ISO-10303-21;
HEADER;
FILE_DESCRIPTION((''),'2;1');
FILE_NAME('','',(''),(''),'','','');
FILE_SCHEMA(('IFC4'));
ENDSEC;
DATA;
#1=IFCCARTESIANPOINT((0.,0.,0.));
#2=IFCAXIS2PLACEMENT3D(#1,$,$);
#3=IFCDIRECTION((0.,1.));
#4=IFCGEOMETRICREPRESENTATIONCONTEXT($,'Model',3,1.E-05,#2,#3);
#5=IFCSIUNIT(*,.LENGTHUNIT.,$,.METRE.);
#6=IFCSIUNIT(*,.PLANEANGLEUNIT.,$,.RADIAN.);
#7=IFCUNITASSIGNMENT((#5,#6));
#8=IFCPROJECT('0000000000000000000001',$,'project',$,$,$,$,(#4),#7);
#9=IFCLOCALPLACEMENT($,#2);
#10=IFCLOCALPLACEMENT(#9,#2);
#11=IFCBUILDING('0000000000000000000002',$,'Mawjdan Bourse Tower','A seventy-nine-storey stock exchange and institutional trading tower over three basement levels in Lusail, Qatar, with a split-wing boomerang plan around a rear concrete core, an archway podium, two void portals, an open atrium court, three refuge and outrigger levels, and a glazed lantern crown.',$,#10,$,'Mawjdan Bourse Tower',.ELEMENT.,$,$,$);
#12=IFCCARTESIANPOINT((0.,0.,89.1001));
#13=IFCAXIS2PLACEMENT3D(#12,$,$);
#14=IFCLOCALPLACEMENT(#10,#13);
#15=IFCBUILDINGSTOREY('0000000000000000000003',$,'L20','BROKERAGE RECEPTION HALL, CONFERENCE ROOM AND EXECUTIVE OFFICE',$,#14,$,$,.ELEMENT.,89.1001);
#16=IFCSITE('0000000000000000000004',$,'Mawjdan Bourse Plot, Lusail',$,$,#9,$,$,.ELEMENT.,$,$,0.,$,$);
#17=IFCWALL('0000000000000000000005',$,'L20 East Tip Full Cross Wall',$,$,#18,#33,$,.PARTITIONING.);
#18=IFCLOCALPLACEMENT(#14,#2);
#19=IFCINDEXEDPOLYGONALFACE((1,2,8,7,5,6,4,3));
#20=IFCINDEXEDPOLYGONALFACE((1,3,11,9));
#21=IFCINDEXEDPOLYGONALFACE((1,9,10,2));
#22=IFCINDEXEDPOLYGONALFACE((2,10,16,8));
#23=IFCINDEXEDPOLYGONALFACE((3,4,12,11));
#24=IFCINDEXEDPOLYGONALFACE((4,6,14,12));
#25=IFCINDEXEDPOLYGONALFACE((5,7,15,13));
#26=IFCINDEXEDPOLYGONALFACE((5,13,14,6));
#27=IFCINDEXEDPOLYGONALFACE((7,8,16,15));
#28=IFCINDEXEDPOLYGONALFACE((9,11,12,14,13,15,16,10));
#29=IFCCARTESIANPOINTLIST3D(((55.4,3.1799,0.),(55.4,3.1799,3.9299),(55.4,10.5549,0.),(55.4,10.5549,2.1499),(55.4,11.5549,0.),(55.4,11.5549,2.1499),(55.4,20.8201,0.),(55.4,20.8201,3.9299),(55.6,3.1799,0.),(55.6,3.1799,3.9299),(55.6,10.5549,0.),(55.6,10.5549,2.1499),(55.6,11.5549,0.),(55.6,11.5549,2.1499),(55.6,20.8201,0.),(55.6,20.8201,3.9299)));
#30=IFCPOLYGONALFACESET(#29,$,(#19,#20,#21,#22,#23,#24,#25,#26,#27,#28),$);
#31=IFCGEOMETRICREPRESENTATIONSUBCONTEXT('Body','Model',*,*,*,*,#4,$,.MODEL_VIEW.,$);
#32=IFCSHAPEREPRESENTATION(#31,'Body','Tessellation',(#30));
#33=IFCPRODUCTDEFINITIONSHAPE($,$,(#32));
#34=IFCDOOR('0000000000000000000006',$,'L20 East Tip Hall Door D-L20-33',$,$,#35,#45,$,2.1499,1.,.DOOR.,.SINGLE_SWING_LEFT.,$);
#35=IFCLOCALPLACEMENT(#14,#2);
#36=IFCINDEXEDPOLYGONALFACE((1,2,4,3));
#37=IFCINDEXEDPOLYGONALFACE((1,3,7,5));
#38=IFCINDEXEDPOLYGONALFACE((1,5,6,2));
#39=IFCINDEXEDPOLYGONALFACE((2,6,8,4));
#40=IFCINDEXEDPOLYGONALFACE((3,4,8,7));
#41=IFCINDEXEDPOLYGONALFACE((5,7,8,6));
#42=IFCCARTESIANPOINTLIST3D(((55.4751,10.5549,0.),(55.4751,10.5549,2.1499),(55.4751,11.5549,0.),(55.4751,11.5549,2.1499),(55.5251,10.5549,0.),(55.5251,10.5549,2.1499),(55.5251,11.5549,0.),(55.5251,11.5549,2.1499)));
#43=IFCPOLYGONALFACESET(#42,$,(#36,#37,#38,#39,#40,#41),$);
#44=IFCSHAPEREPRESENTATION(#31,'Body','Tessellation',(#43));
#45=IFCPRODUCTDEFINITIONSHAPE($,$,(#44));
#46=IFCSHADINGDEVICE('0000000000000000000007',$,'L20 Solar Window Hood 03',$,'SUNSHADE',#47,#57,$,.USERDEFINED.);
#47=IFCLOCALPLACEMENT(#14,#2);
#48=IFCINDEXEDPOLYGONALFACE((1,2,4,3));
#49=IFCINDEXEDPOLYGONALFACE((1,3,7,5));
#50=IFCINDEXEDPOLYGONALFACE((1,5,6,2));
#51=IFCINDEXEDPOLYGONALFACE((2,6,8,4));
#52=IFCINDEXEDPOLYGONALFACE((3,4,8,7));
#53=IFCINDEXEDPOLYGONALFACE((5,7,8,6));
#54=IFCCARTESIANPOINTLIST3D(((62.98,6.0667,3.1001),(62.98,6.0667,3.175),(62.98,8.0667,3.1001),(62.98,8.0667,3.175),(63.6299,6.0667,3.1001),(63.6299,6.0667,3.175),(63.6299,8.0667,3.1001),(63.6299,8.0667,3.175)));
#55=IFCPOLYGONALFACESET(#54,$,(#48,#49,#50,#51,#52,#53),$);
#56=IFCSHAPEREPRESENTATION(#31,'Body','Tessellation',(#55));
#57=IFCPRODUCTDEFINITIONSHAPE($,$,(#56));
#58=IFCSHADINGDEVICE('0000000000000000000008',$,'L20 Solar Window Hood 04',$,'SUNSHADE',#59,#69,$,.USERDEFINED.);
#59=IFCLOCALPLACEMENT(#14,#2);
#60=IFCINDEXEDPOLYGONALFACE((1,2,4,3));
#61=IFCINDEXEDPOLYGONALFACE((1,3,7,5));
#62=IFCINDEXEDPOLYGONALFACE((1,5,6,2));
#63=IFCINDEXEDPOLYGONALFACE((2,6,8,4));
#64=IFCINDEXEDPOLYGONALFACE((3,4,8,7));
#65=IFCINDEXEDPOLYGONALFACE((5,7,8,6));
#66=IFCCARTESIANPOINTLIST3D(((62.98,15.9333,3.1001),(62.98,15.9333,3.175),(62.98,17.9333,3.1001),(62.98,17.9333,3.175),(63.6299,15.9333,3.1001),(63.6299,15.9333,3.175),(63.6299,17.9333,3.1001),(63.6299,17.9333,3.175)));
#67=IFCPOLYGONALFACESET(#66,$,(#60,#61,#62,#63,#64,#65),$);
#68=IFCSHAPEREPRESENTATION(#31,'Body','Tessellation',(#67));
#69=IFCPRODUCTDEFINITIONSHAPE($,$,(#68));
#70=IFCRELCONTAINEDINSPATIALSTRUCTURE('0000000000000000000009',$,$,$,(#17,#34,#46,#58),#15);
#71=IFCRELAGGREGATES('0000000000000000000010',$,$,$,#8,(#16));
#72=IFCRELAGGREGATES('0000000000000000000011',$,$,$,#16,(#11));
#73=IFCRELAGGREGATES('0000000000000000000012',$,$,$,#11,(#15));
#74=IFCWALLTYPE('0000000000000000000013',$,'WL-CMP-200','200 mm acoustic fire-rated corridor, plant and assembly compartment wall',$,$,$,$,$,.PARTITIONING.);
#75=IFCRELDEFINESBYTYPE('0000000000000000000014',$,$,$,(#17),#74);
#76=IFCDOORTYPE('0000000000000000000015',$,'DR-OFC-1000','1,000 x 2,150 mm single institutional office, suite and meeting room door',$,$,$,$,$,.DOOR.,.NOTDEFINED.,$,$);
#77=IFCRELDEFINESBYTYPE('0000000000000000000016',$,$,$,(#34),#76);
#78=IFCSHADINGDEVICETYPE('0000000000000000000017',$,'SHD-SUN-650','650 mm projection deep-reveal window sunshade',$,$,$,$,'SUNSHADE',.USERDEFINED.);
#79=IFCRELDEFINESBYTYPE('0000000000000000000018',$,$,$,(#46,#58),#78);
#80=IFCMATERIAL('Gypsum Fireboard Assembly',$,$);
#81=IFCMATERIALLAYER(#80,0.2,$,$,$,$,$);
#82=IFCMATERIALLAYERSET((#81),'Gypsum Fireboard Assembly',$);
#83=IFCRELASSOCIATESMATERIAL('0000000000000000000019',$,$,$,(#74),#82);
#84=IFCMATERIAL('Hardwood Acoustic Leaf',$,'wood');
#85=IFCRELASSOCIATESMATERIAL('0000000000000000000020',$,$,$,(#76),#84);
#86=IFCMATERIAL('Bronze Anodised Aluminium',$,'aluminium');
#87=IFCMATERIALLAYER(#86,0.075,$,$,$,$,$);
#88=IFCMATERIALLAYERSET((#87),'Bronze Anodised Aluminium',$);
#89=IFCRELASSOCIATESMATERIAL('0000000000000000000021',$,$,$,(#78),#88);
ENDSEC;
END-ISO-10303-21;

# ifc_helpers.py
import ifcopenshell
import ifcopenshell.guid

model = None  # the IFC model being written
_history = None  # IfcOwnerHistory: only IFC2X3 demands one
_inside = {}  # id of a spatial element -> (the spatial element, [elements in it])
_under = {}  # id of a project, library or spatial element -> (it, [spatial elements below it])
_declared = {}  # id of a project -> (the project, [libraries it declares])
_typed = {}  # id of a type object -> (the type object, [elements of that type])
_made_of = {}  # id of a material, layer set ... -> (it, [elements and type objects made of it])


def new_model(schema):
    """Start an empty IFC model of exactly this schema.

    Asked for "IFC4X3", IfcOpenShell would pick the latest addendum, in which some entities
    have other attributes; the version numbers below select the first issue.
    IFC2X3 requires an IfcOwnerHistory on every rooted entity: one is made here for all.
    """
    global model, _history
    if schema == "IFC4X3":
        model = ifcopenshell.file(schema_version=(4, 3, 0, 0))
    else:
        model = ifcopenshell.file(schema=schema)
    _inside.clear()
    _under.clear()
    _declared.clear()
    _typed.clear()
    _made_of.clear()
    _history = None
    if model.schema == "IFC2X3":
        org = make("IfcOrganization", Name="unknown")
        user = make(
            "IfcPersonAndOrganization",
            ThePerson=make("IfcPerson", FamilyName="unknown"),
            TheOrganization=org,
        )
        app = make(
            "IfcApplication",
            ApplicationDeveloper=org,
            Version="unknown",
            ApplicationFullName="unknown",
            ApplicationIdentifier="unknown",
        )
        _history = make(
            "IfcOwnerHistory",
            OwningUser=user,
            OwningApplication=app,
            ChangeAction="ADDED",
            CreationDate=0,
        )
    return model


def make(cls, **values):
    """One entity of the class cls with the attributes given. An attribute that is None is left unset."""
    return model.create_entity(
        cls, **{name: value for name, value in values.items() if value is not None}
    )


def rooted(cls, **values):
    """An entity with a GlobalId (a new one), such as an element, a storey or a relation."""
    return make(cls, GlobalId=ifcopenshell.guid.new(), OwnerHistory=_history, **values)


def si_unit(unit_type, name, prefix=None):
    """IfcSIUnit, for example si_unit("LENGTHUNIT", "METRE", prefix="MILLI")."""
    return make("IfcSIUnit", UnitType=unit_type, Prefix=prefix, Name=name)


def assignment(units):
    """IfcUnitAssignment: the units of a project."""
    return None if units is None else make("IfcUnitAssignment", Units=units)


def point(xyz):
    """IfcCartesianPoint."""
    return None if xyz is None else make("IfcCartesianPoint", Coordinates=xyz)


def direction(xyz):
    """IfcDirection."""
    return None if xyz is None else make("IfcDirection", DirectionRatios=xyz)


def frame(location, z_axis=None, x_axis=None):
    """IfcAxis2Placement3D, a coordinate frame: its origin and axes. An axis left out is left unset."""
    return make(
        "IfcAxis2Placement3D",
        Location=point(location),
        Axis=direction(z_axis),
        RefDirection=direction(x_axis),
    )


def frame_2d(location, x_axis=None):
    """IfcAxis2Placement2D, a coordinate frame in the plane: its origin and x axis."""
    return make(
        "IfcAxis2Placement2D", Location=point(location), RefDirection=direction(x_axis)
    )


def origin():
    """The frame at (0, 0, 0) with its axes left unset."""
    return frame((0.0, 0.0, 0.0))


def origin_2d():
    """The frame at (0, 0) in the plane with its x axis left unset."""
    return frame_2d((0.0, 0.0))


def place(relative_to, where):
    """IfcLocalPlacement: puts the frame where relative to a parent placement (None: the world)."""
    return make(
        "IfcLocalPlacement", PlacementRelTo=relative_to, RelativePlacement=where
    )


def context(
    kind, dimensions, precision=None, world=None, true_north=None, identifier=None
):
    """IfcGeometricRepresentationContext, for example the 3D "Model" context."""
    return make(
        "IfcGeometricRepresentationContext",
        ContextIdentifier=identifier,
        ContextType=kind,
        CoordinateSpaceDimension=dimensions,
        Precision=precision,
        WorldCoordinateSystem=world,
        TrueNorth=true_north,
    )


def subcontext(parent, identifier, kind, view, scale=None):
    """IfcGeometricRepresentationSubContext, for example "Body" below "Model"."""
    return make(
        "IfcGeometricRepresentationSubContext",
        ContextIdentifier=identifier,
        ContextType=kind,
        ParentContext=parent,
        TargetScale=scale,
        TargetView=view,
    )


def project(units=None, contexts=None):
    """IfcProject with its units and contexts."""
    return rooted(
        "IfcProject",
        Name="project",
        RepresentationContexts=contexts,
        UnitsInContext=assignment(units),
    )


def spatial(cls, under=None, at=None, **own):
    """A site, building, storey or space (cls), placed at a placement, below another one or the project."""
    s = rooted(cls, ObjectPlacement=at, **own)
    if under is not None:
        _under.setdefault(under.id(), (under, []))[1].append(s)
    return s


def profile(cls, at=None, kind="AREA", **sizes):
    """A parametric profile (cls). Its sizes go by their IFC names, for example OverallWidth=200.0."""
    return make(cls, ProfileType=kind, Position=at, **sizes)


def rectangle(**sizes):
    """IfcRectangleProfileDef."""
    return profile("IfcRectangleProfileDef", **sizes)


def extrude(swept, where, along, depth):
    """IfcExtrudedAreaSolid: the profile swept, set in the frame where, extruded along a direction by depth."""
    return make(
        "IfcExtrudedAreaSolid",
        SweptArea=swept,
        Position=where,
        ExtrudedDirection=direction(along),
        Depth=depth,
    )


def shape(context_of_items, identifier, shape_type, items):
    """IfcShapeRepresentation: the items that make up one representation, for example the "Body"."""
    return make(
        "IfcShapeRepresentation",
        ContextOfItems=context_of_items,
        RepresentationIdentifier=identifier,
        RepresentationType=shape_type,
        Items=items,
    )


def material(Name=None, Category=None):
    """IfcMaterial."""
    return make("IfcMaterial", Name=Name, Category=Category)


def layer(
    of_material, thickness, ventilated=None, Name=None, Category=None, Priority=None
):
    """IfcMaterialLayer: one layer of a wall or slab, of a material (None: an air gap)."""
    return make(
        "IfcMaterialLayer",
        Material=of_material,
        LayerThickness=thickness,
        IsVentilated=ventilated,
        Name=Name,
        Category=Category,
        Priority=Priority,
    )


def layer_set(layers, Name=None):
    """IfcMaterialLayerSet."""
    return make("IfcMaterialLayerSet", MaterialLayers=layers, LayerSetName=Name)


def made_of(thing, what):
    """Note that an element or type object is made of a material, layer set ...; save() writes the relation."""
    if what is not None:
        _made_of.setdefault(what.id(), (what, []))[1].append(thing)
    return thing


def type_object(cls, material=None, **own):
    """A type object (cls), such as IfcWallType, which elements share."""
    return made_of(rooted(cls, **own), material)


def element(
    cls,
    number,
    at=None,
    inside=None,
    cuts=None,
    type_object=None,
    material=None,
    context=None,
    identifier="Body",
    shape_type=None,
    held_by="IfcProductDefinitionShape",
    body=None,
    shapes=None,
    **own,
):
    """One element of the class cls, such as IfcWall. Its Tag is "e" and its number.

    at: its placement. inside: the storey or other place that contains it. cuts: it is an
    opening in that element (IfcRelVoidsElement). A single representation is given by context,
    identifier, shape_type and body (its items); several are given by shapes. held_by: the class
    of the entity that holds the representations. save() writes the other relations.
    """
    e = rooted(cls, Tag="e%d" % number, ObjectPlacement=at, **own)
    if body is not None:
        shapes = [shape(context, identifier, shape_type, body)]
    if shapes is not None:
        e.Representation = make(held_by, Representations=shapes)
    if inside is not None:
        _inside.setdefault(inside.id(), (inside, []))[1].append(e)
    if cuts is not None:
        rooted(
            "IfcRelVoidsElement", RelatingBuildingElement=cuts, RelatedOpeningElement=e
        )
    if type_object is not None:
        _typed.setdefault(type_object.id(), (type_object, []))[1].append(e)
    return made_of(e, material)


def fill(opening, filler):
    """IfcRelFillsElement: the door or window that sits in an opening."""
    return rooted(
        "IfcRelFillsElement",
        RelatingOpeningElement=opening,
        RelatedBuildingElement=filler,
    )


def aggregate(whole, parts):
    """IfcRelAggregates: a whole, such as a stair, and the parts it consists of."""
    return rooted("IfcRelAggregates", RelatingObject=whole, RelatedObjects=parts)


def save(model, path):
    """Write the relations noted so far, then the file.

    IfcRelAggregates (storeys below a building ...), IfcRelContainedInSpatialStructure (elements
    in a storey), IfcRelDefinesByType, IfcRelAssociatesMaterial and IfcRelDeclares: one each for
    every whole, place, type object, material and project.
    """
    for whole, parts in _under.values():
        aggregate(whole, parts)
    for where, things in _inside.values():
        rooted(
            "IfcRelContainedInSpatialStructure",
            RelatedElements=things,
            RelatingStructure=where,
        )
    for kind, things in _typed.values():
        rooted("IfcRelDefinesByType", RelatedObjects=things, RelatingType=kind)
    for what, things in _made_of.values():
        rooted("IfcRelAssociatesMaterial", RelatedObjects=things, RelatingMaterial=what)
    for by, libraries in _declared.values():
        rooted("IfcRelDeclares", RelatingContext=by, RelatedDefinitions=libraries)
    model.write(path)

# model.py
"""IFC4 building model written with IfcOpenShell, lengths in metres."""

from ifc_helpers import new_model, si_unit, direction, frame, frame_2d, origin, origin_2d, place, context, subcontext, project, spatial, rectangle, extrude, material, layer, layer_set, type_object, element, fill, save


model = new_model("IFC4")

# Units and contexts
model_context = context("Model", 3, precision=1e-05, world=origin(), true_north=direction((0.0, 1.0)))
body_context = subcontext(model_context, "Body", "Model", "MODEL_VIEW")
ifc_project = project(units=[si_unit("LENGTHUNIT", "METRE"), si_unit("PLANEANGLEUNIT", "RADIAN")], contexts=[model_context])

# Site, building, storey
site_placement = place(None, origin())
site = spatial("IfcSite", under=ifc_project, at=site_placement, Name="Mawjdan Bourse Plot, Lusail", CompositionType="ELEMENT", RefElevation=0.0)
building_placement = place(site_placement, origin())
building = spatial("IfcBuilding", under=site, at=building_placement, Name="Mawjdan Bourse Tower", Description="A seventy-nine-storey stock exchange and institutional trading tower over three basement levels in Lusail, Qatar, with a split-wing boomerang plan around a rear concrete core, an archway podium, two void portals, an open atrium court, three refuge and outrigger levels, and a glazed lantern crown.", LongName="Mawjdan Bourse Tower", CompositionType="ELEMENT")
storey_placement = place(building_placement, frame((0.0, 0.0, 89.1001)))
storey = spatial("IfcBuildingStorey", under=building, at=storey_placement, Name="L20", Description="BROKERAGE RECEPTION HALL, CONFERENCE ROOM AND EXECUTIVE OFFICE", CompositionType="ELEMENT", Elevation=89.1001)

# Wall, opening, door
ifc_material_1 = material(Name="Gypsum Fireboard Assembly")
ifc_layer_1 = layer(ifc_material_1, 0.2)
ifc_layer_set_1 = layer_set([ifc_layer_1], Name="Gypsum Fireboard Assembly")
wall_type_1 = type_object("IfcWallType", Name="WL-CMP-200", Description="200 mm acoustic fire-rated corridor, plant and assembly compartment wall", PredefinedType="PARTITIONING", material=ifc_layer_set_1)
wall_1_placement = place(storey_placement, frame((55.5, 3.1799, 0.0), z_axis=(0.0, 0.0, 1.0), x_axis=(0.0, 1.0, 0.0)))
wall_1 = element("IfcWall", 1, at=wall_1_placement, inside=storey, type_object=wall_type_1, Name="L20 East Tip Full Cross Wall", PredefinedType="PARTITIONING", context=body_context, shape_type="SweptSolid", body=[
    extrude(rectangle(XDim=17.6401, YDim=0.2, at=frame_2d((8.8201, 0.0))), origin(), (0.0, 0.0, 1.0), 3.9299),
])
opening_1_placement = place(wall_1_placement, frame((7.375, 0.0, 0.0)))
opening_1 = element("IfcOpeningElement", 2, at=opening_1_placement, cuts=wall_1, PredefinedType="OPENING", context=body_context, shape_type="SweptSolid", body=[
    extrude(rectangle(XDim=1.0, YDim=2.1499, at=frame_2d((0.5, 1.075))), frame((0.0, 0.1099, 0.0), z_axis=(0.0, -1.0, 0.0), x_axis=(1.0, 0.0, 0.0)), (0.0, 0.0, 1.0), 0.22),
])
ifc_material_2 = material(Name="Hardwood Acoustic Leaf", Category="wood")
door_type = type_object("IfcDoorType", Name="DR-OFC-1000", Description="1,000 x 2,150 mm single institutional office, suite and meeting room door", OperationType="NOTDEFINED", PredefinedType="DOOR", material=ifc_material_2)
door_placement = place(opening_1_placement, origin())
door = element("IfcDoor", 3, at=door_placement, inside=storey, type_object=door_type, Name="L20 East Tip Hall Door D-L20-33", OperationType="SINGLE_SWING_LEFT", OverallHeight=2.1499, OverallWidth=1.0, PredefinedType="DOOR", context=body_context, shape_type="SweptSolid", body=[
    extrude(rectangle(XDim=1.0, YDim=2.1499, at=frame_2d((0.5, 1.075))), frame((0.0, 0.0249, 0.0), z_axis=(0.0, -1.0, 0.0), x_axis=(1.0, 0.0, 0.0)), (0.0, 0.0, 1.0), 0.05),
])
fill(opening_1, door)

# Shading devices
ifc_material_3 = material(Name="Bronze Anodised Aluminium", Category="aluminium")
ifc_layer_2 = layer(ifc_material_3, 0.075)
ifc_layer_set_2 = layer_set([ifc_layer_2], Name="Bronze Anodised Aluminium")
shading_device_type = type_object("IfcShadingDeviceType", Name="SHD-SUN-650", Description="650 mm projection deep-reveal window sunshade", ElementType="SUNSHADE", PredefinedType="USERDEFINED", material=ifc_layer_set_2)
for number, where, z_axis, x_axis, name in (
    (4, (63.3049, 7.0667, 3.1001), (0.0, 0.0, 1.0), (0.0, 1.0, 0.0), "L20 Solar Window Hood 03"),
    (5, (63.3049, 16.9333, 3.1001), (0.0, 0.0, 1.0), (0.0, 1.0, 0.0), "L20 Solar Window Hood 04"),
):
    element("IfcShadingDevice", number, at=place(storey_placement, frame(where, z_axis=z_axis, x_axis=x_axis)), inside=storey, type_object=shading_device_type, Name=name, ObjectType="SUNSHADE", PredefinedType="USERDEFINED", context=body_context, shape_type="SweptSolid", body=[
        extrude(rectangle(XDim=2.0, YDim=0.6499, at=origin_2d()), origin(), (0.0, 0.0, 1.0), 0.075),
    ])

save(model, "model.ifc")
